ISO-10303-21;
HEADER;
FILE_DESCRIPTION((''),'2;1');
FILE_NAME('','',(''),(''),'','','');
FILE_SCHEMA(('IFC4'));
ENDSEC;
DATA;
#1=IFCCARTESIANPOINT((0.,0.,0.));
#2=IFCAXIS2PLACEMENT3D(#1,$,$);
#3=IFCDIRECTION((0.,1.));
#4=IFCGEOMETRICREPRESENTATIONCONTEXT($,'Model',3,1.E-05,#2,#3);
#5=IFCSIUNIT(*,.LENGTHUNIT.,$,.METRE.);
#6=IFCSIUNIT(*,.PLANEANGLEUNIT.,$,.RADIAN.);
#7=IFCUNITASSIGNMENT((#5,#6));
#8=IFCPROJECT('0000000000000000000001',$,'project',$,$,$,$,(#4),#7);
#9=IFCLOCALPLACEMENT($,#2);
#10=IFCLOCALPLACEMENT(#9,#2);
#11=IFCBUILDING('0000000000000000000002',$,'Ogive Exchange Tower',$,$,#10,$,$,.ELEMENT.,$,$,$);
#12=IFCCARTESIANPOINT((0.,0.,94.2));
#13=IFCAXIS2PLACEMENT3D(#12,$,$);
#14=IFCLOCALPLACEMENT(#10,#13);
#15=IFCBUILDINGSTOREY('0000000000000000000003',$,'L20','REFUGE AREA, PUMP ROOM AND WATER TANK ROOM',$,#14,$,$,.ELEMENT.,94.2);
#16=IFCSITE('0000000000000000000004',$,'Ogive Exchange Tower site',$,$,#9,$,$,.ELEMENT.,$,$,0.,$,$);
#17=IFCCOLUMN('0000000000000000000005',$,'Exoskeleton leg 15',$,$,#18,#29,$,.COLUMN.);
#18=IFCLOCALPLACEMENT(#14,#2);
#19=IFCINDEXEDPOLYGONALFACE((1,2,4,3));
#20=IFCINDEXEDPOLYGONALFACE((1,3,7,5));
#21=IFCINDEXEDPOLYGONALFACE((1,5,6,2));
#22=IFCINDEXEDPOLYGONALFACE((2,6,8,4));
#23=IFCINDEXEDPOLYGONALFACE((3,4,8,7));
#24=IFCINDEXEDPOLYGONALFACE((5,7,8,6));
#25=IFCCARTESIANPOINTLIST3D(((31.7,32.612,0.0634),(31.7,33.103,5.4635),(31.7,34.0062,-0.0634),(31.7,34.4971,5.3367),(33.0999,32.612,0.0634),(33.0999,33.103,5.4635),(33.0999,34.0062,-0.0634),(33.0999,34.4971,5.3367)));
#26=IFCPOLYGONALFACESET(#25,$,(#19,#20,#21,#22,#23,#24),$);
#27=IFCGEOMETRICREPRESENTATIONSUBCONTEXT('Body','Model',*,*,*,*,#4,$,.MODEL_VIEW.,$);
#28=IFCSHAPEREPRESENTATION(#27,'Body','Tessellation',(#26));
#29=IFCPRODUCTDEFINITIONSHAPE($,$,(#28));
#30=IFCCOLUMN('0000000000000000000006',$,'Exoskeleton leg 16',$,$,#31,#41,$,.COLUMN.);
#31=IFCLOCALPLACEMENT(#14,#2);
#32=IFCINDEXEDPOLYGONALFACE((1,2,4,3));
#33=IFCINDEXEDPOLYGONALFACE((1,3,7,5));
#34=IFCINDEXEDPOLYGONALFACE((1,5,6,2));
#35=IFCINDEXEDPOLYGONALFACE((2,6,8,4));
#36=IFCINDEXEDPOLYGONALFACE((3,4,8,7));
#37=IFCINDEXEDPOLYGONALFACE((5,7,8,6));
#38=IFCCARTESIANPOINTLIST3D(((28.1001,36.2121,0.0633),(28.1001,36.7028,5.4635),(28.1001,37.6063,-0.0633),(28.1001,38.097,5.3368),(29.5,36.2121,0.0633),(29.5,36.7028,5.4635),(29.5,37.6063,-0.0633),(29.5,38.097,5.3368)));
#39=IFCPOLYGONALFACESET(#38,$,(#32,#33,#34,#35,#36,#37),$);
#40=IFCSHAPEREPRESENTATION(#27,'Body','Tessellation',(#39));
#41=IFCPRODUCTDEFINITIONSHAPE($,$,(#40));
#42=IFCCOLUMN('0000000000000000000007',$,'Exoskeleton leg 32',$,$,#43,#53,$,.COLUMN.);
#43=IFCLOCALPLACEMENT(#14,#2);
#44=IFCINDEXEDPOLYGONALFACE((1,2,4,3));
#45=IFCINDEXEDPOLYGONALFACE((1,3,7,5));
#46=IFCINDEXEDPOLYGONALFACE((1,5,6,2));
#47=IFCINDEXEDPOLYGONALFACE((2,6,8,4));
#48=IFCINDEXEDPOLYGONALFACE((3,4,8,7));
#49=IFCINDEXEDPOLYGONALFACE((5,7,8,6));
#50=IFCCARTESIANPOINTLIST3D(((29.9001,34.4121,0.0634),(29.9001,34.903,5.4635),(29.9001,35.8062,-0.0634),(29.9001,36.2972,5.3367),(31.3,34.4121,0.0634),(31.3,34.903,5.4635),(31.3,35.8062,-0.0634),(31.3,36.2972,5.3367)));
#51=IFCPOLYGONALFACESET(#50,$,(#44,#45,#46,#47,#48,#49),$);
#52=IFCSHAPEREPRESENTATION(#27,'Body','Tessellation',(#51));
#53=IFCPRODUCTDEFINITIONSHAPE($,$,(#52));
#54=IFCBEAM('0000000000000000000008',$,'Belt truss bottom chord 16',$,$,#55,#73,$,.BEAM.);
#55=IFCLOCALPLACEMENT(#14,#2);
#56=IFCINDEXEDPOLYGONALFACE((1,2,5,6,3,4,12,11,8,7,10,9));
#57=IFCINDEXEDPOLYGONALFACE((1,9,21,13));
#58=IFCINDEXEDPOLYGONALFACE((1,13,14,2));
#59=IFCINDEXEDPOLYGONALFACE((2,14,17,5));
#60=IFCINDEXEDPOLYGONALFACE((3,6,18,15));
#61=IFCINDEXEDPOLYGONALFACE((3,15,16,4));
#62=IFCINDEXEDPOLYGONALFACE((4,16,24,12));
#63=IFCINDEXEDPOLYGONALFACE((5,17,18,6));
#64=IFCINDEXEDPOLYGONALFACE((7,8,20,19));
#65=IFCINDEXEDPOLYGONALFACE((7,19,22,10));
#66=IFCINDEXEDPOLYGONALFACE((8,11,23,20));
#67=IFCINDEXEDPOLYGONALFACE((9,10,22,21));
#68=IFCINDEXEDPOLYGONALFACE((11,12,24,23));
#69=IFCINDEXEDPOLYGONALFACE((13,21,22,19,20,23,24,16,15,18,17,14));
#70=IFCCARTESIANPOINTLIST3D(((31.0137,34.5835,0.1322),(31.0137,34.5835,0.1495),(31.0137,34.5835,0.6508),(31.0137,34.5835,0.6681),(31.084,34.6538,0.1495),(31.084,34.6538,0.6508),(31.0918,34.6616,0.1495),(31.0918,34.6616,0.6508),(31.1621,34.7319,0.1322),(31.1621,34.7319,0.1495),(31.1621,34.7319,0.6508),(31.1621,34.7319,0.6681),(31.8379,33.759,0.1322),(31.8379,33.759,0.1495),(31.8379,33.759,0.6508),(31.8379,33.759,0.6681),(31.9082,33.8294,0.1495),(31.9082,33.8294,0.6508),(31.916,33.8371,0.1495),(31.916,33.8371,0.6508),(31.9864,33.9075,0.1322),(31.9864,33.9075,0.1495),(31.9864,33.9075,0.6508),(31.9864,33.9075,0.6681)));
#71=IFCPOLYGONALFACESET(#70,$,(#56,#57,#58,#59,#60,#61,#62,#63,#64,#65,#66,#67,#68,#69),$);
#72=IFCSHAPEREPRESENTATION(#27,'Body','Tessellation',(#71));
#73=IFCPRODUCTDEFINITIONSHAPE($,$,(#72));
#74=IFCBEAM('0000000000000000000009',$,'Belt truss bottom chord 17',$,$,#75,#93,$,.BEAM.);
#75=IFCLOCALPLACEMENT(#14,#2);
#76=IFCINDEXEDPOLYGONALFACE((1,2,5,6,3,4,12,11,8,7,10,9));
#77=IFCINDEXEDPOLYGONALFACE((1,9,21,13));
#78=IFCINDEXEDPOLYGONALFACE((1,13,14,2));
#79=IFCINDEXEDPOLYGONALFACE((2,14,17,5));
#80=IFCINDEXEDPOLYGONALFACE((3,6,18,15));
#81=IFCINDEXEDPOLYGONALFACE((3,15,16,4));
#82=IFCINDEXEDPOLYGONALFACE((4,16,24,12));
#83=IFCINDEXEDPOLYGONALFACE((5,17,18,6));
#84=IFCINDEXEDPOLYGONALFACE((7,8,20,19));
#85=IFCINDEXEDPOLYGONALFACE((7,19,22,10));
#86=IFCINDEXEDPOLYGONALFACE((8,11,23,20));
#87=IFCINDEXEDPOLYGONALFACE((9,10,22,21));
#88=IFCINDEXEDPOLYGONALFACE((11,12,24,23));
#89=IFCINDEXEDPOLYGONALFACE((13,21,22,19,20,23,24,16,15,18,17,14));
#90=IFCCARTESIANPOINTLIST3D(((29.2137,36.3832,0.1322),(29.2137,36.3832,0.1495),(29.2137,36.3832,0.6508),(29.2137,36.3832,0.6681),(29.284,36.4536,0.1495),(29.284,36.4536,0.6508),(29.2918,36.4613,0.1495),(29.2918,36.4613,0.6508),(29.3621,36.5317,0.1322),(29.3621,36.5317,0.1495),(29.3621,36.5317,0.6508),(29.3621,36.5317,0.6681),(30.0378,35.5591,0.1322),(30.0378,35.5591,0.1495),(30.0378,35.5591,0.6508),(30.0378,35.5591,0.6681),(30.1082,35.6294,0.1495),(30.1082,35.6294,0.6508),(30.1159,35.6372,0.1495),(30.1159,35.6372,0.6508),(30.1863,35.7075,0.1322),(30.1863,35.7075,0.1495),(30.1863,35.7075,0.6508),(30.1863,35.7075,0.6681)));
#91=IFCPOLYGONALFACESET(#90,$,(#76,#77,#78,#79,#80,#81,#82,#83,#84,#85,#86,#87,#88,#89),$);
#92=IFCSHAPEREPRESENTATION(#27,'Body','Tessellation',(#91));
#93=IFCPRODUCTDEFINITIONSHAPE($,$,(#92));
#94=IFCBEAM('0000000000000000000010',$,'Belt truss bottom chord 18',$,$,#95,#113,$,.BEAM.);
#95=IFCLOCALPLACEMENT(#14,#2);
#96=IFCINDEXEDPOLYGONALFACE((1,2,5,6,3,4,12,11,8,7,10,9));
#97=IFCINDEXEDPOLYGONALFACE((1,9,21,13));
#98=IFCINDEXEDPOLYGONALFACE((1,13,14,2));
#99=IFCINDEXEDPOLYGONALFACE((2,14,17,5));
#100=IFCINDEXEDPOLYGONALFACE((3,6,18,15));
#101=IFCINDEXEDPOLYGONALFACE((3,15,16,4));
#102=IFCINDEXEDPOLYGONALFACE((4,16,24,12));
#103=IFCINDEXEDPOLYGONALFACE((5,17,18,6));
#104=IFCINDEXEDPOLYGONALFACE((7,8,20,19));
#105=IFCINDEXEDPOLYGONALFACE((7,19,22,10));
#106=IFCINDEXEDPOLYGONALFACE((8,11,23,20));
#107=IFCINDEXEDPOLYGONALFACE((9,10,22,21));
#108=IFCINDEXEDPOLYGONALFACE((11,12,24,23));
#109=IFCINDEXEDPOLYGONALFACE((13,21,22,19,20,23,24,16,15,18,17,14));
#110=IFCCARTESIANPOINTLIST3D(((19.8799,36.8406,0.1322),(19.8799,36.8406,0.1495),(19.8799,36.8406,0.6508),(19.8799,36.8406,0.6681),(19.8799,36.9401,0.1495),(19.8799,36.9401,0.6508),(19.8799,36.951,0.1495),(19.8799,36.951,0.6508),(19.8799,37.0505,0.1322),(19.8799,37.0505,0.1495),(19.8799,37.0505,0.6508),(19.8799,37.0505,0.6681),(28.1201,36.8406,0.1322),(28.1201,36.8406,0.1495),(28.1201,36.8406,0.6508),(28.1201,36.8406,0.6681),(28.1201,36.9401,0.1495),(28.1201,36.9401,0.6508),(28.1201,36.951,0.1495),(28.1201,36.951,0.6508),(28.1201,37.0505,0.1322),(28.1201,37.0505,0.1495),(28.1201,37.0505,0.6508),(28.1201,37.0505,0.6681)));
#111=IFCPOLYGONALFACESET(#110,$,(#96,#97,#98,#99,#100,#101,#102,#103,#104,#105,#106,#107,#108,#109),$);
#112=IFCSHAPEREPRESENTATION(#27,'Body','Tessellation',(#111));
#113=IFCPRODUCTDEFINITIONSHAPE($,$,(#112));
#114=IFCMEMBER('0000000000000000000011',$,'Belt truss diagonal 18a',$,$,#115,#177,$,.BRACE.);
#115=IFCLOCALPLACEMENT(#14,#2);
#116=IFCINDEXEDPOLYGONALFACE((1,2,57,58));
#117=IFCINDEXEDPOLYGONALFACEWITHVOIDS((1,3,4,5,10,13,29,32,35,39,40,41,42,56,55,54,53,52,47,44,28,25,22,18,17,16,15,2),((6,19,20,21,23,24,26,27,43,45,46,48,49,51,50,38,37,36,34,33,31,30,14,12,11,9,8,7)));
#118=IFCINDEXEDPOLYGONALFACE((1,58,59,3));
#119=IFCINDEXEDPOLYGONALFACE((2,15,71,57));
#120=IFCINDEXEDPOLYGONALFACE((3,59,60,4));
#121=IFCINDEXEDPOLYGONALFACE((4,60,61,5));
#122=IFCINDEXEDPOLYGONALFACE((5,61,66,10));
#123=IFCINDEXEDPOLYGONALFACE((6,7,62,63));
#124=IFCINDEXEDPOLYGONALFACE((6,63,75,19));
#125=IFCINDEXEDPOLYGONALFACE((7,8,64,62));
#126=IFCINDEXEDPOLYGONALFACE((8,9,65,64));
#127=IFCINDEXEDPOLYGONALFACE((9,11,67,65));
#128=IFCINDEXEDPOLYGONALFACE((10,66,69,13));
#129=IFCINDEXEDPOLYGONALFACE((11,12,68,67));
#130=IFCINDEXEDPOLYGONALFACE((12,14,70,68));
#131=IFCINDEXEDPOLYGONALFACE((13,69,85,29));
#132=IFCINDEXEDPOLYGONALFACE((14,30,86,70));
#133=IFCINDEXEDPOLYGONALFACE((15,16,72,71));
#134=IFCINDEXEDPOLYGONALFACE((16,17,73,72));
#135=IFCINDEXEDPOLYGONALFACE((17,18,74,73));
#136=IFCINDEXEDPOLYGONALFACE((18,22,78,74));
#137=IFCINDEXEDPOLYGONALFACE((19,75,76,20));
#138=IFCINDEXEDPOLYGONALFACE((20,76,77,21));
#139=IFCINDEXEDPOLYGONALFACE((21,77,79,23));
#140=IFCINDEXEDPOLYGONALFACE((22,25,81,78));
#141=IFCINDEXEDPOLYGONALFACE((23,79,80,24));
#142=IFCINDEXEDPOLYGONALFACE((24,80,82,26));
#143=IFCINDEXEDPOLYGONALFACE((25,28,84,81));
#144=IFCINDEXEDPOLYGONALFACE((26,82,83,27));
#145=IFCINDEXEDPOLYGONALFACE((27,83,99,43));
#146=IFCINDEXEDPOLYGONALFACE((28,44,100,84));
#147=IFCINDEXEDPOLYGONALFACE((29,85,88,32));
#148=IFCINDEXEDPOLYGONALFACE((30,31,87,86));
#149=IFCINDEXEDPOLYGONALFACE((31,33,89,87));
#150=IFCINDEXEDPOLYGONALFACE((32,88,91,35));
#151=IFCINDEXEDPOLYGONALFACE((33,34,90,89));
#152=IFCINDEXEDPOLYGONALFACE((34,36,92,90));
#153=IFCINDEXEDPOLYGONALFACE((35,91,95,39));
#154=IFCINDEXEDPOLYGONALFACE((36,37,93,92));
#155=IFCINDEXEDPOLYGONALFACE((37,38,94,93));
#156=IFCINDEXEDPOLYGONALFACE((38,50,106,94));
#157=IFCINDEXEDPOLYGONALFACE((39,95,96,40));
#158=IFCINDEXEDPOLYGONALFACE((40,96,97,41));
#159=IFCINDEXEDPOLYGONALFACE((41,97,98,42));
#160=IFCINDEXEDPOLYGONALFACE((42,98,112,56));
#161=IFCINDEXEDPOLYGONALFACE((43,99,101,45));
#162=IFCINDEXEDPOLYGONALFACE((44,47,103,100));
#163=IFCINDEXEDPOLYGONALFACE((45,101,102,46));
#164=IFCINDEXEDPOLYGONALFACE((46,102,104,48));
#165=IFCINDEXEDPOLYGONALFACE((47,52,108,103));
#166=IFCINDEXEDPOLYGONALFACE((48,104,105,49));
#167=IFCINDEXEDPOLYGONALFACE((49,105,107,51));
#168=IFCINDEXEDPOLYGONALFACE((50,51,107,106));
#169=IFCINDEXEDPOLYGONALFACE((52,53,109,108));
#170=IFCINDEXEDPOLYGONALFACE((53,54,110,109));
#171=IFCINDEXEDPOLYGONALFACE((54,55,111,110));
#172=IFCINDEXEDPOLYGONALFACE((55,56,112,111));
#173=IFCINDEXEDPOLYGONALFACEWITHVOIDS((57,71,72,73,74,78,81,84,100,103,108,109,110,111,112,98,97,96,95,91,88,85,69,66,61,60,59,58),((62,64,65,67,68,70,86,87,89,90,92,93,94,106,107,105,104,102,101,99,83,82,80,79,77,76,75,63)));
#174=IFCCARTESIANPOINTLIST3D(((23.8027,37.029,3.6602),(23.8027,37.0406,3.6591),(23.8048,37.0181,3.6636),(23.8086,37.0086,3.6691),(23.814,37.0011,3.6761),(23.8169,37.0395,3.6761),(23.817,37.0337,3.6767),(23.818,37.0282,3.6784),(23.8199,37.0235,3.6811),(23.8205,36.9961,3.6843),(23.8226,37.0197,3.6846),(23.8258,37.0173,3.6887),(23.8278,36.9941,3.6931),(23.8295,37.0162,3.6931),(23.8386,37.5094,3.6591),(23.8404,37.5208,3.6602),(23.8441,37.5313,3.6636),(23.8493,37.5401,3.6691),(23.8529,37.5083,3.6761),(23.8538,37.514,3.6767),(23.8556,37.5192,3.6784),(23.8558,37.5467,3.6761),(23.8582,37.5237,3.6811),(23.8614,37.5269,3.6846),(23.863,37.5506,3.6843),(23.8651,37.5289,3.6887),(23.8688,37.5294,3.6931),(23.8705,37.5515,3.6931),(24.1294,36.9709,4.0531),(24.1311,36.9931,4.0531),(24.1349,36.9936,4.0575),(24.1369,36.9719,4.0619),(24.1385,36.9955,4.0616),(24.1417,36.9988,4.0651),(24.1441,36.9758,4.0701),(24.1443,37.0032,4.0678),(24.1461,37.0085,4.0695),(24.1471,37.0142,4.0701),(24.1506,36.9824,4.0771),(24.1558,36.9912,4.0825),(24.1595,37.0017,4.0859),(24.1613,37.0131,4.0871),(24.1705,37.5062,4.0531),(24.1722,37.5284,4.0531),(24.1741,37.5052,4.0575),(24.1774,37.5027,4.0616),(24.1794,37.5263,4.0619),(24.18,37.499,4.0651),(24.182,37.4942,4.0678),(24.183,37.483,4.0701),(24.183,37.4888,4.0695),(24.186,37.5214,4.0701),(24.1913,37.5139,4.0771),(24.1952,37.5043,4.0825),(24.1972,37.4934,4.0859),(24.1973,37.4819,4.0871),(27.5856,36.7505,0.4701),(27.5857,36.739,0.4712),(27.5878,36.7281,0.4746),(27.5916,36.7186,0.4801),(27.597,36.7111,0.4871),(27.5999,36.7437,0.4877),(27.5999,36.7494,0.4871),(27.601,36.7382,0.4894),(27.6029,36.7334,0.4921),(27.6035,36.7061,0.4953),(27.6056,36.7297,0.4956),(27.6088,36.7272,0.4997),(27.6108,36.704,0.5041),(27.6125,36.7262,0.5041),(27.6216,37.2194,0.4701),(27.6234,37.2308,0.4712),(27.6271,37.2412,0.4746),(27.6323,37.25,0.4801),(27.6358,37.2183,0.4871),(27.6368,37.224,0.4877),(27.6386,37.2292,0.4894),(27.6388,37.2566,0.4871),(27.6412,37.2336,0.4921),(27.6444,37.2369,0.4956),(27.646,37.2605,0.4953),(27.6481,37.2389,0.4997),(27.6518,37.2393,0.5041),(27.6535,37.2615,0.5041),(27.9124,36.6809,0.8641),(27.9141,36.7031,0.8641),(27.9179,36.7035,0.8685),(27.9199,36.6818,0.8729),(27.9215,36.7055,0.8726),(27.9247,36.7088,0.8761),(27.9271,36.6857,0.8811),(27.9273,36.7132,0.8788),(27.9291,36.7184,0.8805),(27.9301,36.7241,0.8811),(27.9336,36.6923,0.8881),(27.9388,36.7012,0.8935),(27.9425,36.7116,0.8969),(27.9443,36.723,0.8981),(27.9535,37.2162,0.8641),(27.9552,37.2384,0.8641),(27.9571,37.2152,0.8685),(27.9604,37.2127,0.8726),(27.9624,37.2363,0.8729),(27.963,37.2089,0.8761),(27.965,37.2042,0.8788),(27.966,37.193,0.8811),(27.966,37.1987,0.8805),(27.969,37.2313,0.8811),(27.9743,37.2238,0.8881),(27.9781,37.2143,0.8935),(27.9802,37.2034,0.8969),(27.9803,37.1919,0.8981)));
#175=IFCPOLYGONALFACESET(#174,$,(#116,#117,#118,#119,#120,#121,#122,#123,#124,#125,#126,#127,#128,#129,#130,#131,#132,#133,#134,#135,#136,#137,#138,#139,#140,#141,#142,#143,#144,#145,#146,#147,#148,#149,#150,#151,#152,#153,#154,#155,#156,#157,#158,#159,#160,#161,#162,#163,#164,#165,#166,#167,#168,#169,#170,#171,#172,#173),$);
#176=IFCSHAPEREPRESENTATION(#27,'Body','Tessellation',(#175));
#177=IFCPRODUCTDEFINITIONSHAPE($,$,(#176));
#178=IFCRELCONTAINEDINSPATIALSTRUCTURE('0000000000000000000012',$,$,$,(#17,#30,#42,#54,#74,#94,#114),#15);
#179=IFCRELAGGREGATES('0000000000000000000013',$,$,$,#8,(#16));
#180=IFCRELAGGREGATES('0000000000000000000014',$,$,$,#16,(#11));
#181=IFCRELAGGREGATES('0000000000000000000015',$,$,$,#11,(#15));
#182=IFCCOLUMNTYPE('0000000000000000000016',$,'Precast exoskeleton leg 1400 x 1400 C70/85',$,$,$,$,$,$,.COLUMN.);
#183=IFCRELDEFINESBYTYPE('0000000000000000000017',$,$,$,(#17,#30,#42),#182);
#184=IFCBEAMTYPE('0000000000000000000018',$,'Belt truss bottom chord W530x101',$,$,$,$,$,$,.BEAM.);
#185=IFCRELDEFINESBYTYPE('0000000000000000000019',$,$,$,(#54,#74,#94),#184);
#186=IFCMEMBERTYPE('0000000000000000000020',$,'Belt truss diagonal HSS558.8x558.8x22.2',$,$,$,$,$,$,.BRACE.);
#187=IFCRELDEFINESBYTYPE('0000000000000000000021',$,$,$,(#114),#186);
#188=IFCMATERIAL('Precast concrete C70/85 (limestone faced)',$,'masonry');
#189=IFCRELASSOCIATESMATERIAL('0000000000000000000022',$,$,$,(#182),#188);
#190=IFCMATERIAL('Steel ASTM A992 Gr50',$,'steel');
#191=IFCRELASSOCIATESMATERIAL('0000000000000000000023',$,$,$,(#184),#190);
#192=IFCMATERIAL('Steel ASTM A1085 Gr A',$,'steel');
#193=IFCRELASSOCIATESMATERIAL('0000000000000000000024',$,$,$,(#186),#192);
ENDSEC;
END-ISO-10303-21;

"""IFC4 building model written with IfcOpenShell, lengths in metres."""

from ifc_helpers import new_model, si_unit, direction, frame, origin, origin_2d, place, context, subcontext, project, spatial, rectangle, hollow_rectangle, i_section, extrude, material, material_profile, profile_set, type_object, element, save


model = new_model("IFC4")

# Units and contexts
model_context = context("Model", 3, precision=1e-05, world=origin(), true_north=direction((0.0, 1.0)))
body_context = subcontext(model_context, "Body", "Model", "MODEL_VIEW")
ifc_project = project(units=[si_unit("LENGTHUNIT", "METRE"), si_unit("PLANEANGLEUNIT", "RADIAN")], contexts=[model_context])

# Site, building, storey
site_placement = place(None, origin())
site = spatial("IfcSite", under=ifc_project, at=site_placement, Name="Ogive Exchange Tower site", CompositionType="ELEMENT", RefElevation=0.0)
building_placement = place(site_placement, origin())
building = spatial("IfcBuilding", under=site, at=building_placement, Name="Ogive Exchange Tower", CompositionType="ELEMENT")
storey_placement = place(building_placement, frame((0.0, 0.0, 94.2)))
storey = spatial("IfcBuildingStorey", under=building, at=storey_placement, Name="L20", Description="REFUGE AREA, PUMP ROOM AND WATER TANK ROOM", CompositionType="ELEMENT", Elevation=94.2)

# Columns
ifc_material_1 = material(Name="Precast concrete C70/85 (limestone faced)", Category="masonry")
ifc_material_profile_1 = material_profile(ifc_material_1, rectangle(XDim=1.3999, YDim=1.3999, at=origin_2d()), Name="1400 x 1400")
ifc_profile_set_1 = profile_set([ifc_material_profile_1], Name="Precast concrete C70/85 (limestone faced)")
column_type = type_object("IfcColumnType", Name="Precast exoskeleton leg 1400 x 1400 C70/85", PredefinedType="COLUMN", material=ifc_profile_set_1)
for number, where, z_axis, x_axis, name in (
    (1, (32.3999, 33.3091, 0.0), (0.0, 0.090544, 0.995892), (-1.0, 0.0, 0.0), "Exoskeleton leg 15"),
    (2, (28.8, 36.9092, 0.0), (0.0, 0.090499, 0.995897), (-1.0, 0.0, 0.0), "Exoskeleton leg 16"),
    (3, (30.6001, 35.1091, 0.0), (0.0, 0.090544, 0.995892), (-1.0, 0.0, 0.0), "Exoskeleton leg 32"),
):
    element("IfcColumn", number, at=place(storey_placement, frame(where, z_axis=z_axis, x_axis=x_axis)), inside=storey, type_object=column_type, Name=name, PredefinedType="COLUMN", context=body_context, shape_type="SweptSolid", body=[
        extrude(rectangle(XDim=1.3999, YDim=1.3999, at=origin_2d()), origin(), (0.0, 0.0, 1.0), 5.4224),
    ])

# Beams
ifc_material_2 = material(Name="Steel ASTM A992 Gr50", Category="steel")
ifc_material_profile_2 = material_profile(ifc_material_2, i_section(OverallWidth=0.21, OverallDepth=0.5359, WebThickness=0.011, FlangeThickness=0.0173, at=origin_2d()), Name="W530x101")
ifc_profile_set_2 = profile_set([ifc_material_profile_2], Name="Steel ASTM A992 Gr50")
beam_type_1 = type_object("IfcBeamType", Name="Belt truss bottom chord W530x101", PredefinedType="BEAM", material=ifc_profile_set_2)
beam_1_placement = place(storey_placement, frame((31.9121, 33.8333, 0.4001), z_axis=(-0.707002, 0.707211, 0.0), x_axis=(-0.707211, -0.707002, 0.0)))
element("IfcBeam", 4, at=beam_1_placement, inside=storey, type_object=beam_type_1, Name="Belt truss bottom chord 16", PredefinedType="BEAM", context=body_context, shape_type="SweptSolid", body=[
    extrude(i_section(OverallWidth=0.21, OverallDepth=0.5359, WebThickness=0.011, FlangeThickness=0.0173, at=origin_2d()), origin(), (0.0, 0.0, 1.0), 1.1658),
])
beam_2_placement = place(storey_placement, frame((30.1121, 35.6333, 0.4001), z_axis=(-0.707107, 0.707107, 0.0), x_axis=(-0.707107, -0.707107, 0.0)))
element("IfcBeam", 5, at=beam_2_placement, inside=storey, type_object=beam_type_1, Name="Belt truss bottom chord 17", PredefinedType="BEAM", context=body_context, shape_type="SweptSolid", body=[
    extrude(i_section(OverallWidth=0.21, OverallDepth=0.5359, WebThickness=0.011, FlangeThickness=0.0173, at=origin_2d()), origin(), (0.0, 0.0, 1.0), 1.1655),
])
beam_3_placement = place(storey_placement, frame((28.1201, 36.9456, 0.4001), z_axis=(-1.0, 0.0, 0.0), x_axis=(0.0, -1.0, 0.0)))
element("IfcBeam", 6, at=beam_3_placement, inside=storey, type_object=beam_type_1, Name="Belt truss bottom chord 18", PredefinedType="BEAM", context=body_context, shape_type="SweptSolid", body=[
    extrude(i_section(OverallWidth=0.21, OverallDepth=0.5359, WebThickness=0.011, FlangeThickness=0.0173, at=origin_2d()), origin(), (0.0, 0.0, 1.0), 8.2402),
])

# Member
ifc_material_3 = material(Name="Steel ASTM A1085 Gr A", Category="steel")
ifc_material_profile_3 = material_profile(ifc_material_3, hollow_rectangle(XDim=0.5591, YDim=0.5591, WallThickness=0.0222, InnerFilletRadius=0.0222, OuterFilletRadius=0.0444, at=origin_2d()), Name="HSS558.8x558.8x22.2")
ifc_profile_set_3 = profile_set([ifc_material_profile_3], Name="Steel ASTM A1085 Gr A")
member_type_1 = type_object("IfcMemberType", Name="Belt truss diagonal HSS558.8x558.8x22.2", PredefinedType="BRACE", material=ifc_profile_set_3)
member_1_placement = place(storey_placement, frame((27.783, 36.9712, 0.6841), z_axis=(-0.763271, 0.05852, 0.643423), x_axis=(-0.076446, -0.997074, 0.0)))
element("IfcMember", 7, at=member_1_placement, inside=storey, type_object=member_type_1, Name="Belt truss diagonal 18a", PredefinedType="BRACE", context=body_context, shape_type="SweptSolid", body=[
    extrude(hollow_rectangle(XDim=0.5591, YDim=0.5591, WallThickness=0.0222, InnerFilletRadius=0.0222, OuterFilletRadius=0.0444, at=origin_2d()), origin(), (0.0, 0.0, 1.0), 4.9563),
])

save(model, "model.ifc")
